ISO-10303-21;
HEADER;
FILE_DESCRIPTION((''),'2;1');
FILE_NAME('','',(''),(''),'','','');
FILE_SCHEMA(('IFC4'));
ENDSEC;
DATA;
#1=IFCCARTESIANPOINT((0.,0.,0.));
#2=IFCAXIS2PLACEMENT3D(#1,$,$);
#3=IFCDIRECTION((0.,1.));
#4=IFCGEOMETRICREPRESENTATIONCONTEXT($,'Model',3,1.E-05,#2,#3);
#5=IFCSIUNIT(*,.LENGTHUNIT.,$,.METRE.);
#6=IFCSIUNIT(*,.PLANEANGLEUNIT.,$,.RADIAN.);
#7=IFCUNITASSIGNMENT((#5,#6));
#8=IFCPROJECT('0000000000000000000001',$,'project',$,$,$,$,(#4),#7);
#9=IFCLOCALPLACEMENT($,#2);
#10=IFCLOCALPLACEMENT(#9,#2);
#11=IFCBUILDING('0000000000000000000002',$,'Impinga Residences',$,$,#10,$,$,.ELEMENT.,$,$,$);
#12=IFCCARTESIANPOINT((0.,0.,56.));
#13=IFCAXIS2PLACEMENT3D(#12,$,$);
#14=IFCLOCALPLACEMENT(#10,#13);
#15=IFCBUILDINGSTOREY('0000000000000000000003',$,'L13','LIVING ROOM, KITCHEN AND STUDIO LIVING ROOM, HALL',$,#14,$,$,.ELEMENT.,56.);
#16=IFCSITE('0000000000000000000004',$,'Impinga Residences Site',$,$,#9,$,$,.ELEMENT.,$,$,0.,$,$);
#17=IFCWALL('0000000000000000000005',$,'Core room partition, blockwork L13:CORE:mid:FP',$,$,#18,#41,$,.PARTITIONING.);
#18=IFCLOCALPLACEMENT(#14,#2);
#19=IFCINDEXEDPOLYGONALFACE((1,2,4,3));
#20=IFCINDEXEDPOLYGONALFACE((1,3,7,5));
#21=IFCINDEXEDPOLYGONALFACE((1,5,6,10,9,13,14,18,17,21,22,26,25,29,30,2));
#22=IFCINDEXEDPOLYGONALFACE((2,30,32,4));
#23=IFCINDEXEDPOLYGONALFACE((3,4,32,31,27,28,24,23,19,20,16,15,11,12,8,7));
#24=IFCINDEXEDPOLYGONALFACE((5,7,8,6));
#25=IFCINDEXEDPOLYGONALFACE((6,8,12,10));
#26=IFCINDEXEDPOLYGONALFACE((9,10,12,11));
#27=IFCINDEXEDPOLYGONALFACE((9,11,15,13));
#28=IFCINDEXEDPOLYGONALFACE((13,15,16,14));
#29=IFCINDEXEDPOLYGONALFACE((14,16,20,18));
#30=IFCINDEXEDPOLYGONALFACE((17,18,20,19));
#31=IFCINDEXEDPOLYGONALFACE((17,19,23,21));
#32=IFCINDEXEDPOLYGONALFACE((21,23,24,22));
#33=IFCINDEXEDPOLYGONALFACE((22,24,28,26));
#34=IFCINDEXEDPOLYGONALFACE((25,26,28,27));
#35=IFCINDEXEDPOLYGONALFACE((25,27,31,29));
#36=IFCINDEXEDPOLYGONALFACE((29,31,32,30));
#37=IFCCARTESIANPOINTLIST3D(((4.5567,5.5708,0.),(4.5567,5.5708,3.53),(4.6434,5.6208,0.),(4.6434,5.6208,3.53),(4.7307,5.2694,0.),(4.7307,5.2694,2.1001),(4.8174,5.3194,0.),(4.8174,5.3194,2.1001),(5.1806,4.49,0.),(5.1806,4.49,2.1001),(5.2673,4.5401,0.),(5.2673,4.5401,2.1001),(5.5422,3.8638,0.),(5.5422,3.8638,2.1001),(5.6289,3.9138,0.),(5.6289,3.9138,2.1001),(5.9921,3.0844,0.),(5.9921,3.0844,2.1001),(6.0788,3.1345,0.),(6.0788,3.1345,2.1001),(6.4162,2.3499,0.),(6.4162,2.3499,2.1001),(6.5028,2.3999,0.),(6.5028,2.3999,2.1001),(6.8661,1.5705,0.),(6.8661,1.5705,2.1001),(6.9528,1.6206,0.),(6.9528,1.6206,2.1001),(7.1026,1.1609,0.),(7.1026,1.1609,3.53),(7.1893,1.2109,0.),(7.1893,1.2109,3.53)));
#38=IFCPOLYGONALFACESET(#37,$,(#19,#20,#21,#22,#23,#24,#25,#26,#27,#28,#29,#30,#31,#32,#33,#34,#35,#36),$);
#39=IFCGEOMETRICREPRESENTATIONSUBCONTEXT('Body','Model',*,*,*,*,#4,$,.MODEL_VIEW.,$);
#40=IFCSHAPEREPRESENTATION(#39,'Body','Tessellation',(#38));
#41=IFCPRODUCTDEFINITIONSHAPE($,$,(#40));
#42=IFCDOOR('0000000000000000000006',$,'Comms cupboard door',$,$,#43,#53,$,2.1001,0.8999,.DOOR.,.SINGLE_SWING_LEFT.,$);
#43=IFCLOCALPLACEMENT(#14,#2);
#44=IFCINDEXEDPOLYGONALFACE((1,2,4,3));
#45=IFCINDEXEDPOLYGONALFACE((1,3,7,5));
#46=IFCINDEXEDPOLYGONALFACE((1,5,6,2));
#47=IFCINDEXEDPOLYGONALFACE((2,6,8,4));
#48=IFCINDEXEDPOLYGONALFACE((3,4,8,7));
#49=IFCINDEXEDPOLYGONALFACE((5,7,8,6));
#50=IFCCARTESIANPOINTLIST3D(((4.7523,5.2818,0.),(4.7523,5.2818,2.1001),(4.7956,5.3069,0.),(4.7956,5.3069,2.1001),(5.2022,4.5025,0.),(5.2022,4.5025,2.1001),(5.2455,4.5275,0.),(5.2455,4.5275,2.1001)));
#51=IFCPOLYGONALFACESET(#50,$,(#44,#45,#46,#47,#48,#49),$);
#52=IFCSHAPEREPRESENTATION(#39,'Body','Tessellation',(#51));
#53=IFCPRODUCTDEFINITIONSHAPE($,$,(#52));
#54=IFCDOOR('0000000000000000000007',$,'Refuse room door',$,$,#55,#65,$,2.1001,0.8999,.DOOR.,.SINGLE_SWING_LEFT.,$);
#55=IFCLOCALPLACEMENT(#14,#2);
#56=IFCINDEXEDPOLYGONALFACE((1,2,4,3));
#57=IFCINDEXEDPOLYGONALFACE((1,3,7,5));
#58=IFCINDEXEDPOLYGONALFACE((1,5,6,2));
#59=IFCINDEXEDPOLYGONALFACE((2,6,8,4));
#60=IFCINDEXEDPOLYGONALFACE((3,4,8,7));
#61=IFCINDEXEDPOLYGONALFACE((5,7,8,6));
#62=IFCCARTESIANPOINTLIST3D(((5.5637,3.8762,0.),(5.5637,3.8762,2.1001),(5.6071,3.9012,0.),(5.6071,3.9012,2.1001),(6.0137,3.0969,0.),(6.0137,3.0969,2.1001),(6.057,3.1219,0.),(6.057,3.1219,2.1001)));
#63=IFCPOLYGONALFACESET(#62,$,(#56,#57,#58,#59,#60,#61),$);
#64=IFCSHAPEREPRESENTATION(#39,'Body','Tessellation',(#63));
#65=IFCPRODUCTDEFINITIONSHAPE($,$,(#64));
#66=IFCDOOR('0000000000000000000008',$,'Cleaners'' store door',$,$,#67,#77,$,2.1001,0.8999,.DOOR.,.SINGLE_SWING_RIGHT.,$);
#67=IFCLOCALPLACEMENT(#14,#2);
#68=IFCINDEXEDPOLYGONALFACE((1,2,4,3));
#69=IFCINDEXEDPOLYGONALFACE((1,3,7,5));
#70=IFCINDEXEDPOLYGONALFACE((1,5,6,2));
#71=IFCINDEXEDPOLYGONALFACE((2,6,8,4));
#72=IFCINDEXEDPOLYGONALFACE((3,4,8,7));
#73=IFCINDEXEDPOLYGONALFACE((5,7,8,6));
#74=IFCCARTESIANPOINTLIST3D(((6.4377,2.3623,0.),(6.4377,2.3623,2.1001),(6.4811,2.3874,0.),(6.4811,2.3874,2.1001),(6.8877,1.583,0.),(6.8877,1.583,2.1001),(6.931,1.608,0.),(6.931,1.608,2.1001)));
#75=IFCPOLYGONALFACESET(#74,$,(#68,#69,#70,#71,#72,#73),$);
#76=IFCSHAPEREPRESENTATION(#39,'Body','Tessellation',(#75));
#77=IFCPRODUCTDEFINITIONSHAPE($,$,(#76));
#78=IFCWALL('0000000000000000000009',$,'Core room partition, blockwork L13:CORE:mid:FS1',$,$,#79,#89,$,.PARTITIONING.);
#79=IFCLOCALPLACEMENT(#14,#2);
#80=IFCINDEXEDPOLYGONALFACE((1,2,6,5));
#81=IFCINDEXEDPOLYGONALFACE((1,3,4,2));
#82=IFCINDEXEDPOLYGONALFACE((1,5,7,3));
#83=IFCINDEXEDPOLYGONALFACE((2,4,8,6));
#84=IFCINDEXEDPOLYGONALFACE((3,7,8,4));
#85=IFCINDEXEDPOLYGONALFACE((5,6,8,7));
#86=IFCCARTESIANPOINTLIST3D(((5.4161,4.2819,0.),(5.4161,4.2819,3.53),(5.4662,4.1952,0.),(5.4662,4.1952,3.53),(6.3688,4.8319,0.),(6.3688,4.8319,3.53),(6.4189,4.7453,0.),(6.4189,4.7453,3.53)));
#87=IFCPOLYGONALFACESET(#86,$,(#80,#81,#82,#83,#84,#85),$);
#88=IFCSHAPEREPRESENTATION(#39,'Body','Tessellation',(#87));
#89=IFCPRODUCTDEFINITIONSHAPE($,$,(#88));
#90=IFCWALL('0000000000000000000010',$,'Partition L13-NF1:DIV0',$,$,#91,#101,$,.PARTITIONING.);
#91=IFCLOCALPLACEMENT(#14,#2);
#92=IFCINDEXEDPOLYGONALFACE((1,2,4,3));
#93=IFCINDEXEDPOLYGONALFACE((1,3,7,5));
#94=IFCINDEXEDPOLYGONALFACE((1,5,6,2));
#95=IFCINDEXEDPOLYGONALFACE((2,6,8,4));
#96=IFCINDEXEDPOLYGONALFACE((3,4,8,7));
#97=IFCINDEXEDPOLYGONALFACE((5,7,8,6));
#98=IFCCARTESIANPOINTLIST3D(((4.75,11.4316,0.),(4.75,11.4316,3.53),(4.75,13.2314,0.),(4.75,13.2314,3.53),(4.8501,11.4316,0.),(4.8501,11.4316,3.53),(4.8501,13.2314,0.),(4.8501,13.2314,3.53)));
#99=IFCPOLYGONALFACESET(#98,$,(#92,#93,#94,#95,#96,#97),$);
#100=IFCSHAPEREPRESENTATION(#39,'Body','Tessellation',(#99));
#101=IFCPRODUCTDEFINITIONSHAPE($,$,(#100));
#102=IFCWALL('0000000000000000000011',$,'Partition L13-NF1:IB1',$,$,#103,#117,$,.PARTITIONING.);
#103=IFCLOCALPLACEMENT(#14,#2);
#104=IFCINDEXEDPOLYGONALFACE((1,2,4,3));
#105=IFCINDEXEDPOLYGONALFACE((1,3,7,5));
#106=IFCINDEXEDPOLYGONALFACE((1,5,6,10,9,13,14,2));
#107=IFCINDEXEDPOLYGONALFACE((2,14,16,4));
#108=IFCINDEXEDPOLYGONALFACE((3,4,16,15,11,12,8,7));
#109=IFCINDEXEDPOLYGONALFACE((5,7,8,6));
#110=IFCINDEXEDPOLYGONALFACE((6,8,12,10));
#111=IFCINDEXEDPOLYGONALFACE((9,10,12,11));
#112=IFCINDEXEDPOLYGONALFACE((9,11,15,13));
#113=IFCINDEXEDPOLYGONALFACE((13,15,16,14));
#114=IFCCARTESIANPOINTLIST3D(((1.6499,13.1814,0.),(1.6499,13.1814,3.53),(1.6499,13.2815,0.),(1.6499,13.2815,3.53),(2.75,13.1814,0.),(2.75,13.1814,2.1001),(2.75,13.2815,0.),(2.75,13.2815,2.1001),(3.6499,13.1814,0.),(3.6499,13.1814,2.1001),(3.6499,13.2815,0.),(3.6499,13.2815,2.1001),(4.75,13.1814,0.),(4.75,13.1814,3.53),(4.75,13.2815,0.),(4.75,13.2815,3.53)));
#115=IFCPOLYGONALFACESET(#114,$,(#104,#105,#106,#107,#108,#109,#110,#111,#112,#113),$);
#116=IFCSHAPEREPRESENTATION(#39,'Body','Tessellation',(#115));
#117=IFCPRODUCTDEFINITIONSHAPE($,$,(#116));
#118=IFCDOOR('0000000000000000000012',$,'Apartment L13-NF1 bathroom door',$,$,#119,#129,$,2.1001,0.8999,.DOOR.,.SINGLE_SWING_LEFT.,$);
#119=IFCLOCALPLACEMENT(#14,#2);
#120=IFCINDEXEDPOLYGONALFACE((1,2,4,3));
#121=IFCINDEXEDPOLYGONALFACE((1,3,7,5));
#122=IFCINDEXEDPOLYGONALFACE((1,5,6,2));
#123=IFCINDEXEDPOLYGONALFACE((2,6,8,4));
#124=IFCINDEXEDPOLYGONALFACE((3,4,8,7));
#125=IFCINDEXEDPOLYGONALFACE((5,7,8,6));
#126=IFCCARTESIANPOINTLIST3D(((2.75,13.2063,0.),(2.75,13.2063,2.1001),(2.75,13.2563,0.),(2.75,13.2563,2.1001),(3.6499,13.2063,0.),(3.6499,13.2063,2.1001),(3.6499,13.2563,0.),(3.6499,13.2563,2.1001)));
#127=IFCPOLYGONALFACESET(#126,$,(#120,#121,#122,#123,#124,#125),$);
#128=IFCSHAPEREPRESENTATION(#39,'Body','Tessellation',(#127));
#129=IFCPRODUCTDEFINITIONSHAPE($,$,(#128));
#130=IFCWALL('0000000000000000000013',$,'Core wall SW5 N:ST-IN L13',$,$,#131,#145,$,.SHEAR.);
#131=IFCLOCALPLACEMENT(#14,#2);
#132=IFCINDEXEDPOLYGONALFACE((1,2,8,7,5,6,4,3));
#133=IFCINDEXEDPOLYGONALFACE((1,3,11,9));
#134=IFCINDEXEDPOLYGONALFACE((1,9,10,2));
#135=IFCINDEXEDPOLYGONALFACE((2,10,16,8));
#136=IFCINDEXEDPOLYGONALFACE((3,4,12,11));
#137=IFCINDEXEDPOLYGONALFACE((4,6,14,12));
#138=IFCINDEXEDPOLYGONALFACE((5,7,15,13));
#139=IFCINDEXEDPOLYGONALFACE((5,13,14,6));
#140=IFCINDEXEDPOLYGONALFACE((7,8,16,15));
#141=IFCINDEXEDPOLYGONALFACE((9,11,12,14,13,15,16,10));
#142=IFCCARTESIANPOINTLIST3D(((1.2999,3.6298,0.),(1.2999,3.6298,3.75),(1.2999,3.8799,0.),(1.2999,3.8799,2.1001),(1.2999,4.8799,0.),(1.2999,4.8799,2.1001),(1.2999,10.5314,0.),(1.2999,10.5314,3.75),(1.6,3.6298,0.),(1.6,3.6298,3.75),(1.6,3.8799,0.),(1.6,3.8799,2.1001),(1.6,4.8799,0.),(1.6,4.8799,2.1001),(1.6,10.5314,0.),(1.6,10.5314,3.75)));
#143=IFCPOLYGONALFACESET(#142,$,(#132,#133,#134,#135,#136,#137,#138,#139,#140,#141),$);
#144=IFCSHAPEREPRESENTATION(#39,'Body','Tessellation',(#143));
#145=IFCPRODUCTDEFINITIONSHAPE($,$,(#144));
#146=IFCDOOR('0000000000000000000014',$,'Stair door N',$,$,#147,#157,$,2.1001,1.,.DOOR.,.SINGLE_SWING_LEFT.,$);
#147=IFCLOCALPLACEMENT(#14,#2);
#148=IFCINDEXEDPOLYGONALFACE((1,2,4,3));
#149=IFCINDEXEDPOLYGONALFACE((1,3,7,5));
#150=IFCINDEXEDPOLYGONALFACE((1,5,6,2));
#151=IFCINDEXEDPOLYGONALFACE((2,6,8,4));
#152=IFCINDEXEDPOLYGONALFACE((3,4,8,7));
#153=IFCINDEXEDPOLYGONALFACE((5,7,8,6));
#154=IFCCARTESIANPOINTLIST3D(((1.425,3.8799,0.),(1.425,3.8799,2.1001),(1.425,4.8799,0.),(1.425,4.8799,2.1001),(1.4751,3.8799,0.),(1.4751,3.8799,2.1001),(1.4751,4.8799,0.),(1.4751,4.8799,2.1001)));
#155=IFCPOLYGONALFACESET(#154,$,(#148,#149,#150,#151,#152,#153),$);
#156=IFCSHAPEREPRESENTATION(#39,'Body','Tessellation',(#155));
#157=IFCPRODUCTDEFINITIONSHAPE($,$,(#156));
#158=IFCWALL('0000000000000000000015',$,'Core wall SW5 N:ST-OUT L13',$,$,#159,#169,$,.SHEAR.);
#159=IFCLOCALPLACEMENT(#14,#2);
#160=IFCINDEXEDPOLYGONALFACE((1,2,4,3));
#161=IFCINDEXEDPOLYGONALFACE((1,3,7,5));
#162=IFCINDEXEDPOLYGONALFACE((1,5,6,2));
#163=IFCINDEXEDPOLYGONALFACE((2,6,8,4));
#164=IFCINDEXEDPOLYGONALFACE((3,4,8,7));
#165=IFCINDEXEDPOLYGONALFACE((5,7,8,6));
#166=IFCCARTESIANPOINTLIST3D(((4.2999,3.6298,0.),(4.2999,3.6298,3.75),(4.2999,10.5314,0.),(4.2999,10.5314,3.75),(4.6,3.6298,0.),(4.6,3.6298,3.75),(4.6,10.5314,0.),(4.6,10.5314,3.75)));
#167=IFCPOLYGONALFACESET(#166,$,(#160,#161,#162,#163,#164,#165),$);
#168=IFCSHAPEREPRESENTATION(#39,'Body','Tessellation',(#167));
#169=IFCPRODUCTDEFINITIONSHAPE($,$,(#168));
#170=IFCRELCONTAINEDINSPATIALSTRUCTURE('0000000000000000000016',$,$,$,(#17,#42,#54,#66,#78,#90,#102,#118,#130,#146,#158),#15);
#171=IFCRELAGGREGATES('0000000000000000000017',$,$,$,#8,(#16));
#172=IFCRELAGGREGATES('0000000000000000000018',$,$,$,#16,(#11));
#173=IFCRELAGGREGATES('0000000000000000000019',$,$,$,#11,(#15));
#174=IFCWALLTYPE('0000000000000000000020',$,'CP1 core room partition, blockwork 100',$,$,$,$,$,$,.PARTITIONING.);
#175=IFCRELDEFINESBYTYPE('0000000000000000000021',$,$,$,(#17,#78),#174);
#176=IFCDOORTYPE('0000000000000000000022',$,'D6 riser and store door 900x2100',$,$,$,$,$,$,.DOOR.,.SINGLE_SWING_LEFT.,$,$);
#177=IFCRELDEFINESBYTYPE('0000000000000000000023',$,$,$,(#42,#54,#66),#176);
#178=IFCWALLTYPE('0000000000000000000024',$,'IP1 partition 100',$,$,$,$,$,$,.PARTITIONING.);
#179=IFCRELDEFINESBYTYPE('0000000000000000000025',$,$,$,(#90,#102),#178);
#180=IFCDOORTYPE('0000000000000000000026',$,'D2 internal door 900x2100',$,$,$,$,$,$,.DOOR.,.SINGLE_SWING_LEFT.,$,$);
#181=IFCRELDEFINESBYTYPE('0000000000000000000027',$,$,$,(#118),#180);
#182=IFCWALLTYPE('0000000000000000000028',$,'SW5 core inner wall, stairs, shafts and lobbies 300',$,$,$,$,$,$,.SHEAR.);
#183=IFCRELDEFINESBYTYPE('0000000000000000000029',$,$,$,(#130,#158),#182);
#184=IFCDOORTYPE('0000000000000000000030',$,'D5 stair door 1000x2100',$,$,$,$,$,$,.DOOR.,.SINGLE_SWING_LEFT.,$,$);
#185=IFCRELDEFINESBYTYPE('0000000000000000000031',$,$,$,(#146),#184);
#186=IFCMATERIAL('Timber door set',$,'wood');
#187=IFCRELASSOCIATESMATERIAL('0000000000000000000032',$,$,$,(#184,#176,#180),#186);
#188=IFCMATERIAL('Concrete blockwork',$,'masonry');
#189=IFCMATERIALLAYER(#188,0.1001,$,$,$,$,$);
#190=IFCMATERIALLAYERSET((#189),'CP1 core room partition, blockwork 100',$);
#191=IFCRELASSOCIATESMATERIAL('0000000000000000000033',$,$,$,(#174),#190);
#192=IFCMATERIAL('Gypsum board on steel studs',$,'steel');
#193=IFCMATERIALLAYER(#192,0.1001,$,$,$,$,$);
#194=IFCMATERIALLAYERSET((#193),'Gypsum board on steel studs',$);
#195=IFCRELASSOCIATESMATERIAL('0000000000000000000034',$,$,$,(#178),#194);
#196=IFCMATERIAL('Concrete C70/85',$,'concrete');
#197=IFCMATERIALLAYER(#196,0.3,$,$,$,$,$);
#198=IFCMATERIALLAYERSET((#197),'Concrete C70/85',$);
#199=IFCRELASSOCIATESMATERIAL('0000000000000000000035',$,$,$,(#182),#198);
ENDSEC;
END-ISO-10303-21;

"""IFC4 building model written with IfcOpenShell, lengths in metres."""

from ifc_helpers import new_model, si_unit, direction, frame, frame_2d, origin, place, context, subcontext, project, spatial, rectangle, extrude, material, layer, layer_set, type_object, element, fill, save


model = new_model("IFC4")

# Units and contexts
model_context = context("Model", 3, precision=1e-05, world=origin(), true_north=direction((0.0, 1.0)))
body_context = subcontext(model_context, "Body", "Model", "MODEL_VIEW")
ifc_project = project(units=[si_unit("LENGTHUNIT", "METRE"), si_unit("PLANEANGLEUNIT", "RADIAN")], contexts=[model_context])

# Site, building, storey
site_placement = place(None, origin())
site = spatial("IfcSite", under=ifc_project, at=site_placement, Name="Impinga Residences Site", CompositionType="ELEMENT", RefElevation=0.0)
building_placement = place(site_placement, origin())
building = spatial("IfcBuilding", under=site, at=building_placement, Name="Impinga Residences", CompositionType="ELEMENT")
storey_placement = place(building_placement, frame((0.0, 0.0, 56.0)))
storey = spatial("IfcBuildingStorey", under=building, at=storey_placement, Name="L13", Description="LIVING ROOM, KITCHEN AND STUDIO LIVING ROOM, HALL", CompositionType="ELEMENT", Elevation=56.0)

# Wall, openings, doors
ifc_material_1 = material(Name="Concrete C70/85", Category="concrete")
ifc_material_2 = material(Name="Timber door set", Category="wood")
door_type_1 = type_object("IfcDoorType", Name="D5 stair door 1000x2100", OperationType="SINGLE_SWING_LEFT", PredefinedType="DOOR", material=ifc_material_2)
ifc_material_3 = material(Name="Concrete blockwork", Category="masonry")
ifc_layer_1 = layer(ifc_material_3, 0.1001)
ifc_layer_set_1 = layer_set([ifc_layer_1], Name="CP1 core room partition, blockwork 100")
wall_type_1 = type_object("IfcWallType", Name="CP1 core room partition, blockwork 100", PredefinedType="PARTITIONING", material=ifc_layer_set_1)
wall_1_placement = place(storey_placement, frame((4.6001, 5.5957, 0.0), z_axis=(0.0, 0.0, 1.0), x_axis=(0.499976, -0.866039, 0.0)))
wall_1 = element("IfcWall", 1, at=wall_1_placement, inside=storey, type_object=wall_type_1, Name="Core room partition, blockwork L13:CORE:mid:FP", PredefinedType="PARTITIONING", context=body_context, shape_type="SweptSolid", body=[
    extrude(rectangle(XDim=5.092, YDim=0.1001, at=frame_2d((2.5459, 0.0))), origin(), (0.0, 0.0, 1.0), 3.53),
])
opening_1_placement = place(wall_1_placement, frame((0.3479, 0.0, 0.0)))
opening_1 = element("IfcOpeningElement", 2, at=opening_1_placement, cuts=wall_1, PredefinedType="OPENING", context=body_context, shape_type="SweptSolid", body=[
    extrude(rectangle(XDim=0.8999, YDim=2.1001, at=frame_2d((0.45, 1.05))), frame((0.0, 0.0601, 0.0), z_axis=(0.0, -1.0, 0.0), x_axis=(1.0, 0.0, 0.0)), (0.0, 0.0, 1.0), 0.1201),
])
opening_2_placement = place(wall_1_placement, frame((1.9709, 0.0, 0.0)))
opening_2 = element("IfcOpeningElement", 3, at=opening_2_placement, cuts=wall_1, PredefinedType="OPENING", context=body_context, shape_type="SweptSolid", body=[
    extrude(rectangle(XDim=0.8999, YDim=2.1001, at=frame_2d((0.45, 1.05))), frame((0.0, 0.0601, 0.0), z_axis=(0.0, -1.0, 0.0), x_axis=(1.0, 0.0, 0.0)), (0.0, 0.0, 1.0), 0.1201),
])
opening_3_placement = place(wall_1_placement, frame((3.719, 0.0, 0.0)))
opening_3 = element("IfcOpeningElement", 4, at=opening_3_placement, cuts=wall_1, PredefinedType="OPENING", context=body_context, shape_type="SweptSolid", body=[
    extrude(rectangle(XDim=0.8999, YDim=2.1001, at=frame_2d((0.45, 1.05))), frame((0.0, 0.0601, 0.0), z_axis=(0.0, -1.0, 0.0), x_axis=(1.0, 0.0, 0.0)), (0.0, 0.0, 1.0), 0.1201),
])
door_type_2 = type_object("IfcDoorType", Name="D6 riser and store door 900x2100", OperationType="SINGLE_SWING_LEFT", PredefinedType="DOOR", material=ifc_material_2)
door_1_placement = place(opening_1_placement, origin())
door_1 = element("IfcDoor", 5, at=door_1_placement, inside=storey, type_object=door_type_2, Name="Comms cupboard door", OperationType="SINGLE_SWING_LEFT", OverallHeight=2.1001, OverallWidth=0.8999, PredefinedType="DOOR", context=body_context, shape_type="SweptSolid", body=[
    extrude(rectangle(XDim=0.8999, YDim=2.1001, at=frame_2d((0.45, 1.05))), frame((0.0, 0.0249, 0.0), z_axis=(0.0, -1.0, 0.0), x_axis=(1.0, 0.0, 0.0)), (0.0, 0.0, 1.0), 0.05),
])
fill(opening_1, door_1)
door_2_placement = place(opening_2_placement, origin())
door_2 = element("IfcDoor", 6, at=door_2_placement, inside=storey, type_object=door_type_2, Name="Refuse room door", OperationType="SINGLE_SWING_LEFT", OverallHeight=2.1001, OverallWidth=0.8999, PredefinedType="DOOR", context=body_context, shape_type="SweptSolid", body=[
    extrude(rectangle(XDim=0.8999, YDim=2.1001, at=frame_2d((0.45, 1.05))), frame((0.0, 0.0249, 0.0), z_axis=(0.0, -1.0, 0.0), x_axis=(1.0, 0.0, 0.0)), (0.0, 0.0, 1.0), 0.05),
])
fill(opening_2, door_2)
door_3_placement = place(opening_3_placement, origin())
door_3 = element("IfcDoor", 7, at=door_3_placement, inside=storey, type_object=door_type_2, Name="Cleaners' store door", OperationType="SINGLE_SWING_RIGHT", OverallHeight=2.1001, OverallWidth=0.8999, PredefinedType="DOOR", context=body_context, shape_type="SweptSolid", body=[
    extrude(rectangle(XDim=0.8999, YDim=2.1001, at=frame_2d((0.45, 1.05))), frame((0.0, 0.0249, 0.0), z_axis=(0.0, -1.0, 0.0), x_axis=(1.0, 0.0, 0.0)), (0.0, 0.0, 1.0), 0.05),
])
fill(opening_3, door_3)

# Walls
wall_2_placement = place(storey_placement, frame((5.4412, 4.2385, 0.0), z_axis=(0.0, 0.0, 1.0), x_axis=(0.866008, 0.50003, 0.0)))
element("IfcWall", 8, at=wall_2_placement, inside=storey, type_object=wall_type_1, Name="Core room partition, blockwork L13:CORE:mid:FS1", PredefinedType="PARTITIONING", context=body_context, shape_type="SweptSolid", body=[
    extrude(rectangle(XDim=1.1001, YDim=0.1001, at=frame_2d((0.55, 0.0))), origin(), (0.0, 0.0, 1.0), 3.53),
])
ifc_material_4 = material(Name="Gypsum board on steel studs", Category="steel")
ifc_layer_2 = layer(ifc_material_4, 0.1001)
ifc_layer_set_2 = layer_set([ifc_layer_2], Name="Gypsum board on steel studs")
wall_type_2 = type_object("IfcWallType", Name="IP1 partition 100", PredefinedType="PARTITIONING", material=ifc_layer_set_2)
wall_3_placement = place(storey_placement, frame((4.8, 11.4316, 0.0), z_axis=(0.0, 0.0, 1.0), x_axis=(0.0, 1.0, 0.0)))
element("IfcWall", 9, at=wall_3_placement, inside=storey, type_object=wall_type_2, Name="Partition L13-NF1:DIV0", PredefinedType="PARTITIONING", context=body_context, shape_type="SweptSolid", body=[
    extrude(rectangle(XDim=1.7998, YDim=0.1001, at=frame_2d((0.8999, 0.0))), origin(), (0.0, 0.0, 1.0), 3.53),
])

# Walls, openings, doors
wall_4_placement = place(storey_placement, frame((1.6499, 13.2314, 0.0), z_axis=(0.0, 0.0, 1.0), x_axis=(1.0, 0.0, 0.0)))
wall_4 = element("IfcWall", 10, at=wall_4_placement, inside=storey, type_object=wall_type_2, Name="Partition L13-NF1:IB1", PredefinedType="PARTITIONING", context=body_context, shape_type="SweptSolid", body=[
    extrude(rectangle(XDim=3.1001, YDim=0.1001, at=frame_2d((1.55, 0.0))), origin(), (0.0, 0.0, 1.0), 3.53),
])
opening_4_placement = place(wall_4_placement, frame((1.1001, 0.0, 0.0)))
opening_4 = element("IfcOpeningElement", 11, at=opening_4_placement, cuts=wall_4, PredefinedType="OPENING", context=body_context, shape_type="SweptSolid", body=[
    extrude(rectangle(XDim=0.8999, YDim=2.1001, at=frame_2d((0.45, 1.05))), frame((0.0, 0.0601, 0.0), z_axis=(0.0, -1.0, 0.0), x_axis=(1.0, 0.0, 0.0)), (0.0, 0.0, 1.0), 0.1201),
])
door_type_3 = type_object("IfcDoorType", Name="D2 internal door 900x2100", OperationType="SINGLE_SWING_LEFT", PredefinedType="DOOR", material=ifc_material_2)
door_4_placement = place(opening_4_placement, origin())
door_4 = element("IfcDoor", 12, at=door_4_placement, inside=storey, type_object=door_type_3, Name="Apartment L13-NF1 bathroom door", OperationType="SINGLE_SWING_LEFT", OverallHeight=2.1001, OverallWidth=0.8999, PredefinedType="DOOR", context=body_context, shape_type="SweptSolid", body=[
    extrude(rectangle(XDim=0.8999, YDim=2.1001, at=frame_2d((0.45, 1.05))), frame((0.0, 0.0249, 0.0), z_axis=(0.0, -1.0, 0.0), x_axis=(1.0, 0.0, 0.0)), (0.0, 0.0, 1.0), 0.05),
])
fill(opening_4, door_4)
ifc_layer_3 = layer(ifc_material_1, 0.3)
ifc_layer_set_3 = layer_set([ifc_layer_3], Name="Concrete C70/85")
wall_type_3 = type_object("IfcWallType", Name="SW5 core inner wall, stairs, shafts and lobbies 300", PredefinedType="SHEAR", material=ifc_layer_set_3)
wall_5_placement = place(storey_placement, frame((1.45, 3.6299, 0.0), z_axis=(0.0, 0.0, 1.0), x_axis=(0.0, 1.0, 0.0)))
wall_5 = element("IfcWall", 13, at=wall_5_placement, inside=storey, type_object=wall_type_3, Name="Core wall SW5 N:ST-IN L13", PredefinedType="SHEAR", context=body_context, shape_type="SweptSolid", body=[
    extrude(rectangle(XDim=6.9016, YDim=0.3, at=frame_2d((3.4507, 0.0))), origin(), (0.0, 0.0, 1.0), 3.75),
])
opening_5_placement = place(wall_5_placement, frame((0.25, 0.0, 0.0)))
opening_5 = element("IfcOpeningElement", 14, at=opening_5_placement, cuts=wall_5, PredefinedType="OPENING", context=body_context, shape_type="SweptSolid", body=[
    extrude(rectangle(XDim=1.0, YDim=2.1001, at=frame_2d((0.5, 1.05))), frame((0.0, 0.1599, 0.0), z_axis=(0.0, -1.0, 0.0), x_axis=(1.0, 0.0, 0.0)), (0.0, 0.0, 1.0), 0.3201),
])
door_5_placement = place(opening_5_placement, origin())
door_5 = element("IfcDoor", 15, at=door_5_placement, inside=storey, type_object=door_type_1, Name="Stair door N", OperationType="SINGLE_SWING_LEFT", OverallHeight=2.1001, OverallWidth=1.0, PredefinedType="DOOR", context=body_context, shape_type="SweptSolid", body=[
    extrude(rectangle(XDim=1.0, YDim=2.1001, at=frame_2d((0.5, 1.05))), frame((0.0, 0.0249, 0.0), z_axis=(0.0, -1.0, 0.0), x_axis=(1.0, 0.0, 0.0)), (0.0, 0.0, 1.0), 0.05),
])
fill(opening_5, door_5)

# Wall
wall_6_placement = place(storey_placement, frame((4.45, 3.6299, 0.0), z_axis=(0.0, 0.0, 1.0), x_axis=(0.0, 1.0, 0.0)))
element("IfcWall", 16, at=wall_6_placement, inside=storey, type_object=wall_type_3, Name="Core wall SW5 N:ST-OUT L13", PredefinedType="SHEAR", context=body_context, shape_type="SweptSolid", body=[
    extrude(rectangle(XDim=6.9016, YDim=0.3, at=frame_2d((3.4507, 0.0))), origin(), (0.0, 0.0, 1.0), 3.75),
])

save(model, "model.ifc")
